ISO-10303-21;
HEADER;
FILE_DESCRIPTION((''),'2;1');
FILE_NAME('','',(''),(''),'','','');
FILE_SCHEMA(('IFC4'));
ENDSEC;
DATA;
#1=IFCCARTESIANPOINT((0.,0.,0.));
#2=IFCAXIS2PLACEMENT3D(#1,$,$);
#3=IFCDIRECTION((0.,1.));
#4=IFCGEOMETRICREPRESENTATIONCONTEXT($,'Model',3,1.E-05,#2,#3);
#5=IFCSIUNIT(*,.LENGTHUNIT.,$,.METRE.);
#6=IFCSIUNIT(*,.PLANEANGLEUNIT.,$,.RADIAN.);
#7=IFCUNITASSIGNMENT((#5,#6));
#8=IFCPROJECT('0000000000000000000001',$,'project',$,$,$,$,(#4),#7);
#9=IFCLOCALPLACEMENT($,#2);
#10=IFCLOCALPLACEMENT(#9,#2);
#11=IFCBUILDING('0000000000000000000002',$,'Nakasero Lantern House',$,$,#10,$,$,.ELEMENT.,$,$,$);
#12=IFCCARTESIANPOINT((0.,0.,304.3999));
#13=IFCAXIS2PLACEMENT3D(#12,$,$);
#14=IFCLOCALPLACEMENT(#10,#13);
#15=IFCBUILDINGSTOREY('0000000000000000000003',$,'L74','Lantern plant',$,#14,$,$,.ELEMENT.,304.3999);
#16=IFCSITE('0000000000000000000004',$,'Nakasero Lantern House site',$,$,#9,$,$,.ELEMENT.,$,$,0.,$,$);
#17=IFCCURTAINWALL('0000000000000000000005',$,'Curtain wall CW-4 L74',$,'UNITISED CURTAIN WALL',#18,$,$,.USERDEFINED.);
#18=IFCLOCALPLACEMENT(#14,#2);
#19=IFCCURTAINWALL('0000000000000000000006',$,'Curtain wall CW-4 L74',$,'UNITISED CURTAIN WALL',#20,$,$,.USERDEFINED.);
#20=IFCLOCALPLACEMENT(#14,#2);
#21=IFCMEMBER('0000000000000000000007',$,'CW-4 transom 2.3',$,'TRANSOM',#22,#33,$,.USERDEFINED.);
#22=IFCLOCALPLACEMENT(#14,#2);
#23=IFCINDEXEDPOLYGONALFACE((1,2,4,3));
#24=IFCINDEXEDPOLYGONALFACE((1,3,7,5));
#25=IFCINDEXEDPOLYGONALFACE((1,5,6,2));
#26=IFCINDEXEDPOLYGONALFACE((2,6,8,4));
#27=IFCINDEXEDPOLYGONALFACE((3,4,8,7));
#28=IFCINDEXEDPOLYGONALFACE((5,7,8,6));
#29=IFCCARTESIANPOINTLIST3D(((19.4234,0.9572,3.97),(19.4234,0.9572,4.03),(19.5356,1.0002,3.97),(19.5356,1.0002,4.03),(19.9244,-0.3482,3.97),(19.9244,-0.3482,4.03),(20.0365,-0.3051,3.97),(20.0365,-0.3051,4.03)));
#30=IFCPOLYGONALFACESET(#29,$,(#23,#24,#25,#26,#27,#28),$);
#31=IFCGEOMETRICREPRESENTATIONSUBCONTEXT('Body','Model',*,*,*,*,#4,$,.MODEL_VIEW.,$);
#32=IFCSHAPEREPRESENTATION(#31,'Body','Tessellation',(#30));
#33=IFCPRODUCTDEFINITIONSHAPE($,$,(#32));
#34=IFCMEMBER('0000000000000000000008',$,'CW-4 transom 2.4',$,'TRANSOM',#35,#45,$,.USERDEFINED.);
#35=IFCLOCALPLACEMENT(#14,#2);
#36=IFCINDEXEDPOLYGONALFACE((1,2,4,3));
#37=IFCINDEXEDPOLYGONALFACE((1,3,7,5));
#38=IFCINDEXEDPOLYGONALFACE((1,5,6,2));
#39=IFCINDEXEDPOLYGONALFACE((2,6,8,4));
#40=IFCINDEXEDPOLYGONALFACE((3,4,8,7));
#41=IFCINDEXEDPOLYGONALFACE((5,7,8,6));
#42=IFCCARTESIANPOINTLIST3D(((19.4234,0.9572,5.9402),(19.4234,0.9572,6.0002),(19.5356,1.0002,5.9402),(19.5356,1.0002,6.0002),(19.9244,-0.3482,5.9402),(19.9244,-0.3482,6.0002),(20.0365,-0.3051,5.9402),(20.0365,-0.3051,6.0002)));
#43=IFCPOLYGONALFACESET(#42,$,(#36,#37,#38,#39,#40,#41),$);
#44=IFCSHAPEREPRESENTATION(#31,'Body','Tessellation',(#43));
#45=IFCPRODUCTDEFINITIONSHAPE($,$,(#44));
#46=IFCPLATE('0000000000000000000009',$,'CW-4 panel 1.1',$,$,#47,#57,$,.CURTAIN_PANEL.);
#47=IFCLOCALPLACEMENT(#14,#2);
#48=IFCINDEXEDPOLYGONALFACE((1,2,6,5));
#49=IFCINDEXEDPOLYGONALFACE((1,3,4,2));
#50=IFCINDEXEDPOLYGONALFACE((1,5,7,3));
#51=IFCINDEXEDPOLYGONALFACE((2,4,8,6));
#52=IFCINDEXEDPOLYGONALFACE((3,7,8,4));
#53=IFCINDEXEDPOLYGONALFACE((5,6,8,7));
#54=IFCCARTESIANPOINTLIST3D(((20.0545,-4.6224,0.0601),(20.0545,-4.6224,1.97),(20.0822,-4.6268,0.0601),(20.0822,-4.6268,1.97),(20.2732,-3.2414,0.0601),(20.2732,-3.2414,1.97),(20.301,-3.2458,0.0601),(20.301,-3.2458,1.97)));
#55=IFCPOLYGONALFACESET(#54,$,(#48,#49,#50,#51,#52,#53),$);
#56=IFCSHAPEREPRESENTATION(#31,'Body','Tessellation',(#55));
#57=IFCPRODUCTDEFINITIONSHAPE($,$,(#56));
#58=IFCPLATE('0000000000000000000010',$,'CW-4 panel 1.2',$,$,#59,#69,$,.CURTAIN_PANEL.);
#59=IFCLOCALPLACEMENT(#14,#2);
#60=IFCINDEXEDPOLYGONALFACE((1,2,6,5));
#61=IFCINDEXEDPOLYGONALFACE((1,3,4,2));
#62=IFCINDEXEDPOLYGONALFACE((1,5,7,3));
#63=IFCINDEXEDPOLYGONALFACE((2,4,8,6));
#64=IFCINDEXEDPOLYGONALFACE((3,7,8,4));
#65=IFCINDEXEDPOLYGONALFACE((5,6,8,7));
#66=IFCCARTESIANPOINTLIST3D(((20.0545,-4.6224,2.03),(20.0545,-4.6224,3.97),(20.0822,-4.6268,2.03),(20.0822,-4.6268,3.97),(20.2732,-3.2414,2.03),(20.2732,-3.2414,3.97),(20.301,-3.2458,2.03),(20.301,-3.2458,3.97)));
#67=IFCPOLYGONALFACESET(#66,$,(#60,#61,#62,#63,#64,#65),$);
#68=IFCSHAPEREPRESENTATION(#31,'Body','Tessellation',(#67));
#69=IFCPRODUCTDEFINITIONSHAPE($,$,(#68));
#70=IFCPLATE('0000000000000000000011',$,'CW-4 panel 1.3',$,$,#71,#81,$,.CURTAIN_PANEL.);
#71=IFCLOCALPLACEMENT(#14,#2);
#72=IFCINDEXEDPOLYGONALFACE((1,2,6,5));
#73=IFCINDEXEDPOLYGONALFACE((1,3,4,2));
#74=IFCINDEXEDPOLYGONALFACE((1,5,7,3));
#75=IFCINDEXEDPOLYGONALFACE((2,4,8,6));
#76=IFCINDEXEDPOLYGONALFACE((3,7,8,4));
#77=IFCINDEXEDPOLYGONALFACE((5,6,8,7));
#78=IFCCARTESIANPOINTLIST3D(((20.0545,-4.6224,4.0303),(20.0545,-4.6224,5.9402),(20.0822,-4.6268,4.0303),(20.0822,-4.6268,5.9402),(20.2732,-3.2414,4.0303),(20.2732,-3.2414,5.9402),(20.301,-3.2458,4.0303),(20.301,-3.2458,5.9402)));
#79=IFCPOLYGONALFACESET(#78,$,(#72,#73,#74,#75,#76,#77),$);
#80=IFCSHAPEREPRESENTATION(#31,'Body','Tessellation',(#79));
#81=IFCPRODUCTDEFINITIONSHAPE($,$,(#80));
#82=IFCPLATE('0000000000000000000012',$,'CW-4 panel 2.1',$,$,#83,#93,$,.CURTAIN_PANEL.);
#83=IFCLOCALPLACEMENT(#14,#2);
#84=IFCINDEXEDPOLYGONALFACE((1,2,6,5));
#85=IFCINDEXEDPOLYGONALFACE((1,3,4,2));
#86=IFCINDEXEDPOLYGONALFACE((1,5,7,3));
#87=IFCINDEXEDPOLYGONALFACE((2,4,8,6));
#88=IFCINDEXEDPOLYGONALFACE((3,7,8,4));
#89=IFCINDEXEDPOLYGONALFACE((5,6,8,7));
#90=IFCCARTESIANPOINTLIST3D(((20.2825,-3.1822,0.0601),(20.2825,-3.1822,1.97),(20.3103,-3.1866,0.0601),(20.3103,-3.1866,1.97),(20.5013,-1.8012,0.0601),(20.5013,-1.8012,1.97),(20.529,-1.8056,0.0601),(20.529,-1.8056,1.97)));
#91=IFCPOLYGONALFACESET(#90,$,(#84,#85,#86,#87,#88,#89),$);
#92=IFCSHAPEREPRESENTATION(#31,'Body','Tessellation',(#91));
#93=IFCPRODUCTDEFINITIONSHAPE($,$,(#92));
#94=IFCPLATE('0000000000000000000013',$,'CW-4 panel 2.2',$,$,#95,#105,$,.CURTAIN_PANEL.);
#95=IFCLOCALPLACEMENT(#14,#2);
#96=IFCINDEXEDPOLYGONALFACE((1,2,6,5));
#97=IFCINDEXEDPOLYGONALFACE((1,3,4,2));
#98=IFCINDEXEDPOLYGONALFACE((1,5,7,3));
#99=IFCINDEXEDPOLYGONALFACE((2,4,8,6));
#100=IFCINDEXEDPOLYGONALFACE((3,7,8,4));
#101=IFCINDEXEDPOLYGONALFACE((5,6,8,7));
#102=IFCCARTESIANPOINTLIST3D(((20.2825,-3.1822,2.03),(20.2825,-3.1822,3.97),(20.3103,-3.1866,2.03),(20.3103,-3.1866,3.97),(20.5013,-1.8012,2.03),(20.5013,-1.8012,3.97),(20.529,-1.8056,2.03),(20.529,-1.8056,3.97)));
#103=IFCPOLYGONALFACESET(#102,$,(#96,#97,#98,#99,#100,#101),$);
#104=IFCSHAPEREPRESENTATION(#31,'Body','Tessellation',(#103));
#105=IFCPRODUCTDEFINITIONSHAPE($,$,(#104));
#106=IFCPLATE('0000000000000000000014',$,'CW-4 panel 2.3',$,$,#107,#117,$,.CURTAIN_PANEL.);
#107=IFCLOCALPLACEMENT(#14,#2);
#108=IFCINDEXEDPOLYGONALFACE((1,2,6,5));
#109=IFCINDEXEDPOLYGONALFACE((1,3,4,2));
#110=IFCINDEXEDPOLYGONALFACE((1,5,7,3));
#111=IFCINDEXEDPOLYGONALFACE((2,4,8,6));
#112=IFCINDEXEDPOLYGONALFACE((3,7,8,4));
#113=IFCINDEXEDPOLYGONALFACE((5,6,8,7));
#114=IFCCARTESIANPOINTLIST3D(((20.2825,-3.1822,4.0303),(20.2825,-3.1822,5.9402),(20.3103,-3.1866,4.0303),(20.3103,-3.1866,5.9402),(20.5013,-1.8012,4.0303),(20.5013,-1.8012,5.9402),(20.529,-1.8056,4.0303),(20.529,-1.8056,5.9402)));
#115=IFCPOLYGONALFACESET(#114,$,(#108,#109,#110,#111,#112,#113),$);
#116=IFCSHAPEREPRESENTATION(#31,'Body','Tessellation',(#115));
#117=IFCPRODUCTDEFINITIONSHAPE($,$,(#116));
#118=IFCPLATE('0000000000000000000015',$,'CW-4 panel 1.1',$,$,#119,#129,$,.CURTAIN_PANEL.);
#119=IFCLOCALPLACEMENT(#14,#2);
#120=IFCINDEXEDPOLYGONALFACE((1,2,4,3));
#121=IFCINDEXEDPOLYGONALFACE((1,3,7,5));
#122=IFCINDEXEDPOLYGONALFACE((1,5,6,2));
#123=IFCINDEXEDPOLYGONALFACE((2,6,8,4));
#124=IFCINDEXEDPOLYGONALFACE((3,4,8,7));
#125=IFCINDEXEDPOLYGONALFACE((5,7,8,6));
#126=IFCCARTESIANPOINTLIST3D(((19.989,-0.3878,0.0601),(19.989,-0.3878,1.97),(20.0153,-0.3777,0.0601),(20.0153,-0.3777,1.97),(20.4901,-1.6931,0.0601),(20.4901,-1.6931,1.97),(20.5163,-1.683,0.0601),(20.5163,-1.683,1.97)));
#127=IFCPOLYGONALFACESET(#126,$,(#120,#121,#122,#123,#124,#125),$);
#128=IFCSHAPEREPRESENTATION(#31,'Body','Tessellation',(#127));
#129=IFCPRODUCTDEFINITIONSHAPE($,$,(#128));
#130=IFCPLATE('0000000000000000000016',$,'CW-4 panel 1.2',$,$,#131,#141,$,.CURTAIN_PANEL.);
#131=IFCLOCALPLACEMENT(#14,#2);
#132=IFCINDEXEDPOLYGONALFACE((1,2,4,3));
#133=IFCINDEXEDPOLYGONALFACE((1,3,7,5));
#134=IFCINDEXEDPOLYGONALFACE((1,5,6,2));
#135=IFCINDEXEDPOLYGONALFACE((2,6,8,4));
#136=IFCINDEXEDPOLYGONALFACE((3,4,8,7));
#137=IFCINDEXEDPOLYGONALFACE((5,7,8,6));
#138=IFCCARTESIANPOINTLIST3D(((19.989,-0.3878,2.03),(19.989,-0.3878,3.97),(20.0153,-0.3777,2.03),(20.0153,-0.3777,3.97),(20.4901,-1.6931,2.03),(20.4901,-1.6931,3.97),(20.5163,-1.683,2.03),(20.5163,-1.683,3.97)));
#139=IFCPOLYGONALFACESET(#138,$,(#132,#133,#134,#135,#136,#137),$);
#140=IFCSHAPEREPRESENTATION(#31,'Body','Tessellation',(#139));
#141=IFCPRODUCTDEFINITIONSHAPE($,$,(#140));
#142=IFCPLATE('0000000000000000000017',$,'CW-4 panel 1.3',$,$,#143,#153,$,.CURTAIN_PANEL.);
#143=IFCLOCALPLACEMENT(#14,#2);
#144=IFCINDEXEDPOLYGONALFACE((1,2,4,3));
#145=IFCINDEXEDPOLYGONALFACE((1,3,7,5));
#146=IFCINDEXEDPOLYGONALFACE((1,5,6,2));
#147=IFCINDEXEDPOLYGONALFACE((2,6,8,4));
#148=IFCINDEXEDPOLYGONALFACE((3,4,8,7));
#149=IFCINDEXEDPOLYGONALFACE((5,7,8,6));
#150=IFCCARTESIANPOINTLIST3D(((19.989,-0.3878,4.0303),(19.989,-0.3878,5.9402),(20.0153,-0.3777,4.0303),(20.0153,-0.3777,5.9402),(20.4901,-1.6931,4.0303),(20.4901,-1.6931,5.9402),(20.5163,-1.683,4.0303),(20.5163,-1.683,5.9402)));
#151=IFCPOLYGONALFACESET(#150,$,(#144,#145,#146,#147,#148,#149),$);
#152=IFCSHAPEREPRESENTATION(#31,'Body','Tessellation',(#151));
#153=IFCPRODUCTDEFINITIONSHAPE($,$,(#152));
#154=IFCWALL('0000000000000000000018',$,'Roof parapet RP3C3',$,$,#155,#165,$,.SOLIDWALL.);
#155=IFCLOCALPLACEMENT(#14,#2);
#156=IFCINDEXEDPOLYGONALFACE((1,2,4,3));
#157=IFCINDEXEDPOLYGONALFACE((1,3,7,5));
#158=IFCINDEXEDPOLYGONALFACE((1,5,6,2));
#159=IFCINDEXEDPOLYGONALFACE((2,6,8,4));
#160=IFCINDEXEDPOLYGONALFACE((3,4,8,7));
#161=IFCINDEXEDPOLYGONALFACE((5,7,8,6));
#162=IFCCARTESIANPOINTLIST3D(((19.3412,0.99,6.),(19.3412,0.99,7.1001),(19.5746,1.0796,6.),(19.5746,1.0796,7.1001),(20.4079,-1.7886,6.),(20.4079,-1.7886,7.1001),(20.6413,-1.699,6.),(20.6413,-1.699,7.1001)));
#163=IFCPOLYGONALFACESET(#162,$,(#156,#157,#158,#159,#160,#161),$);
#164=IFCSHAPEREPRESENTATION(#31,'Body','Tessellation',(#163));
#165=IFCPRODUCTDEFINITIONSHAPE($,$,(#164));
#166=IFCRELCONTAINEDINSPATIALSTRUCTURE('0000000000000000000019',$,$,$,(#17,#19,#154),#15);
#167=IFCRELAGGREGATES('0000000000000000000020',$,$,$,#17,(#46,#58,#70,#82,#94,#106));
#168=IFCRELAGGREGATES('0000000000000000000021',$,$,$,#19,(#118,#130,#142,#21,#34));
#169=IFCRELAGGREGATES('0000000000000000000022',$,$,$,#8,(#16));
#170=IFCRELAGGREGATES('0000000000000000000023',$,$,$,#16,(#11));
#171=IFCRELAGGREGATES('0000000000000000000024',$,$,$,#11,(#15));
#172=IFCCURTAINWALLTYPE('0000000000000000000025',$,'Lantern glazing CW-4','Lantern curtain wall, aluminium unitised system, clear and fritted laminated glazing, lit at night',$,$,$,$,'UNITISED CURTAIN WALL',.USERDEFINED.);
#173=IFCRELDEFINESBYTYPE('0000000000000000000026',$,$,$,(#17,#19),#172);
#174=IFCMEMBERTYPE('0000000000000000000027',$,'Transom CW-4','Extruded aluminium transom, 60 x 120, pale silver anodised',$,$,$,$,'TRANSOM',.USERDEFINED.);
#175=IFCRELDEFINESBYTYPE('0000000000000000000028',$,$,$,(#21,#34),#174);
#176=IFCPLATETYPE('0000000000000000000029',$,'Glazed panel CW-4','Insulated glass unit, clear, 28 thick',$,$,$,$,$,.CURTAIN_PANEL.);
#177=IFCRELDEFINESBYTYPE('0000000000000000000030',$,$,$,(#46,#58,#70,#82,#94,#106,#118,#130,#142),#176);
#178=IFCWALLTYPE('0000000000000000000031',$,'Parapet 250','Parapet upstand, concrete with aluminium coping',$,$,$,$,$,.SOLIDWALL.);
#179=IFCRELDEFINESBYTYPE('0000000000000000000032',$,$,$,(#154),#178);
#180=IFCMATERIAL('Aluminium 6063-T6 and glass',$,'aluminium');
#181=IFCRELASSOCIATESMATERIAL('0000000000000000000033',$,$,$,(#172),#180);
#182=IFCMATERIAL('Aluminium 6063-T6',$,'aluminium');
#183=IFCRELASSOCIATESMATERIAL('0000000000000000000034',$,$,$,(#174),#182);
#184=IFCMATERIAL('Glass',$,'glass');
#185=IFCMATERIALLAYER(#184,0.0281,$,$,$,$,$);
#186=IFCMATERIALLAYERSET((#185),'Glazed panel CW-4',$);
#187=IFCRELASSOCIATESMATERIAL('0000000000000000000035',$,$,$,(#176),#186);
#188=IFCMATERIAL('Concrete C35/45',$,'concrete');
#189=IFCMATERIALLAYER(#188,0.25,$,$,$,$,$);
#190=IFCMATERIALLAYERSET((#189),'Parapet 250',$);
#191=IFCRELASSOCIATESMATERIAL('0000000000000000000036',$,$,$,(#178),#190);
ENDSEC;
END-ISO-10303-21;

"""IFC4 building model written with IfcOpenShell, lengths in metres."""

from ifc_helpers import new_model, si_unit, direction, frame, frame_2d, origin, origin_2d, place, context, subcontext, project, spatial, rectangle, extrude, material, layer, layer_set, material_profile, profile_set, type_object, element, aggregate, save


model = new_model("IFC4")

# Units and contexts
model_context = context("Model", 3, precision=1e-05, world=origin(), true_north=direction((0.0, 1.0)))
body_context = subcontext(model_context, "Body", "Model", "MODEL_VIEW")
ifc_project = project(units=[si_unit("LENGTHUNIT", "METRE"), si_unit("PLANEANGLEUNIT", "RADIAN")], contexts=[model_context])

# Site, building, storey
site_placement = place(None, origin())
site = spatial("IfcSite", under=ifc_project, at=site_placement, Name="Nakasero Lantern House site", CompositionType="ELEMENT", RefElevation=0.0)
building_placement = place(site_placement, origin())
building = spatial("IfcBuilding", under=site, at=building_placement, Name="Nakasero Lantern House", CompositionType="ELEMENT")
storey_placement = place(building_placement, frame((0.0, 0.0, 304.3999)))
storey = spatial("IfcBuildingStorey", under=building, at=storey_placement, Name="L74", Description="Lantern plant", CompositionType="ELEMENT", Elevation=304.3999)

# Curtain walls
ifc_material_1 = material(Name="Aluminium 6063-T6 and glass", Category="aluminium")
curtain_wall_type = type_object("IfcCurtainWallType", Name="Lantern glazing CW-4", Description="Lantern curtain wall, aluminium unitised system, clear and fritted laminated glazing, lit at night", ElementType="UNITISED CURTAIN WALL", PredefinedType="USERDEFINED", material=ifc_material_1)
curtain_wall_1_placement = place(storey_placement, origin())
curtain_wall_1 = element("IfcCurtainWall", 1, at=curtain_wall_1_placement, inside=storey, type_object=curtain_wall_type, Name="Curtain wall CW-4 L74", ObjectType="UNITISED CURTAIN WALL", PredefinedType="USERDEFINED")
curtain_wall_2_placement = place(storey_placement, origin())
curtain_wall_2 = element("IfcCurtainWall", 2, at=curtain_wall_2_placement, inside=storey, type_object=curtain_wall_type, Name="Curtain wall CW-4 L74", ObjectType="UNITISED CURTAIN WALL", PredefinedType="USERDEFINED")

# Members
ifc_material_2 = material(Name="Aluminium 6063-T6", Category="aluminium")
ifc_material_profile_1 = material_profile(ifc_material_2, rectangle(XDim=0.0601, YDim=0.1201, at=origin_2d()), Name="CW-4 transom 60x120")
ifc_profile_set_1 = profile_set([ifc_material_profile_1], Name="Aluminium 6063-T6")
member_type_1 = type_object("IfcMemberType", Name="Transom CW-4", Description="Extruded aluminium transom, 60 x 120, pale silver anodised", ElementType="TRANSOM", PredefinedType="USERDEFINED", material=ifc_profile_set_1)
member_1_placement = place(storey_placement, frame((19.9805, -0.3267, 4.0), z_axis=(-0.358289, 0.933611, 0.0), x_axis=(0.0, 0.0, 1.0)))
member_1 = element("IfcMember", 3, at=member_1_placement, type_object=member_type_1, Name="CW-4 transom 2.3", ObjectType="TRANSOM", PredefinedType="USERDEFINED", context=body_context, shape_type="SweptSolid", body=[
    extrude(rectangle(XDim=0.0601, YDim=0.1201, at=origin_2d()), origin(), (0.0, 0.0, 1.0), 1.3982),
])
member_2_placement = place(storey_placement, frame((19.9805, -0.3267, 5.9702), z_axis=(-0.358289, 0.933611, 0.0), x_axis=(0.0, 0.0, 1.0)))
member_2 = element("IfcMember", 4, at=member_2_placement, type_object=member_type_1, Name="CW-4 transom 2.4", ObjectType="TRANSOM", PredefinedType="USERDEFINED", context=body_context, shape_type="SweptSolid", body=[
    extrude(rectangle(XDim=0.0601, YDim=0.1201, at=origin_2d()), origin(), (0.0, 0.0, 1.0), 1.3982),
])

# Plates
ifc_material_3 = material(Name="Glass", Category="glass")
ifc_layer_1 = layer(ifc_material_3, 0.0281)
ifc_layer_set_1 = layer_set([ifc_layer_1], Name="Glazed panel CW-4")
plate_type = type_object("IfcPlateType", Name="Glazed panel CW-4", Description="Insulated glass unit, clear, 28 thick", PredefinedType="CURTAIN_PANEL", material=ifc_layer_set_1)
plate_1_placement = place(storey_placement, frame((20.1777, -3.9341, 0.0601), z_axis=(0.0, 0.0, 1.0), x_axis=(0.156434, 0.987688, 0.0)))
plate_1 = element("IfcPlate", 5, at=plate_1_placement, type_object=plate_type, Name="CW-4 panel 1.1", PredefinedType="CURTAIN_PANEL", context=body_context, shape_type="SweptSolid", body=[
    extrude(rectangle(XDim=1.3982, YDim=0.0281, at=origin_2d()), origin(), (0.0, 0.0, 1.0), 1.9099),
])
plate_2_placement = place(storey_placement, frame((20.1777, -3.9341, 2.03), z_axis=(0.0, 0.0, 1.0), x_axis=(0.156434, 0.987688, 0.0)))
plate_2 = element("IfcPlate", 6, at=plate_2_placement, type_object=plate_type, Name="CW-4 panel 1.2", PredefinedType="CURTAIN_PANEL", context=body_context, shape_type="SweptSolid", body=[
    extrude(rectangle(XDim=1.3982, YDim=0.0281, at=origin_2d()), origin(), (0.0, 0.0, 1.0), 1.9399),
])
plate_3_placement = place(storey_placement, frame((20.1777, -3.9341, 4.0303), z_axis=(0.0, 0.0, 1.0), x_axis=(0.156434, 0.987688, 0.0)))
plate_3 = element("IfcPlate", 7, at=plate_3_placement, type_object=plate_type, Name="CW-4 panel 1.3", PredefinedType="CURTAIN_PANEL", context=body_context, shape_type="SweptSolid", body=[
    extrude(rectangle(XDim=1.3982, YDim=0.0281, at=origin_2d()), origin(), (0.0, 0.0, 1.0), 1.9099),
])
plate_4_placement = place(storey_placement, frame((20.4058, -2.4939, 0.0601), z_axis=(0.0, 0.0, 1.0), x_axis=(0.156434, 0.987688, 0.0)))
plate_4 = element("IfcPlate", 8, at=plate_4_placement, type_object=plate_type, Name="CW-4 panel 2.1", PredefinedType="CURTAIN_PANEL", context=body_context, shape_type="SweptSolid", body=[
    extrude(rectangle(XDim=1.3982, YDim=0.0281, at=origin_2d()), origin(), (0.0, 0.0, 1.0), 1.9099),
])
plate_5_placement = place(storey_placement, frame((20.4058, -2.4939, 2.03), z_axis=(0.0, 0.0, 1.0), x_axis=(0.156434, 0.987688, 0.0)))
plate_5 = element("IfcPlate", 9, at=plate_5_placement, type_object=plate_type, Name="CW-4 panel 2.2", PredefinedType="CURTAIN_PANEL", context=body_context, shape_type="SweptSolid", body=[
    extrude(rectangle(XDim=1.3982, YDim=0.0281, at=origin_2d()), origin(), (0.0, 0.0, 1.0), 1.9399),
])
plate_6_placement = place(storey_placement, frame((20.4058, -2.4939, 4.0303), z_axis=(0.0, 0.0, 1.0), x_axis=(0.156434, 0.987688, 0.0)))
plate_6 = element("IfcPlate", 10, at=plate_6_placement, type_object=plate_type, Name="CW-4 panel 2.3", PredefinedType="CURTAIN_PANEL", context=body_context, shape_type="SweptSolid", body=[
    extrude(rectangle(XDim=1.3982, YDim=0.0281, at=origin_2d()), origin(), (0.0, 0.0, 1.0), 1.9099),
])
aggregate(curtain_wall_1, [plate_1, plate_2, plate_3, plate_4, plate_5, plate_6])
plate_7_placement = place(storey_placement, frame((20.2527, -1.0354, 0.0601), z_axis=(0.0, 0.0, 1.0), x_axis=(-0.358368, 0.93358, 0.0)))
plate_7 = element("IfcPlate", 11, at=plate_7_placement, type_object=plate_type, Name="CW-4 panel 1.1", PredefinedType="CURTAIN_PANEL", context=body_context, shape_type="SweptSolid", body=[
    extrude(rectangle(XDim=1.3982, YDim=0.0281, at=origin_2d()), origin(), (0.0, 0.0, 1.0), 1.9099),
])
plate_8_placement = place(storey_placement, frame((20.2527, -1.0354, 2.03), z_axis=(0.0, 0.0, 1.0), x_axis=(-0.358368, 0.93358, 0.0)))
plate_8 = element("IfcPlate", 12, at=plate_8_placement, type_object=plate_type, Name="CW-4 panel 1.2", PredefinedType="CURTAIN_PANEL", context=body_context, shape_type="SweptSolid", body=[
    extrude(rectangle(XDim=1.3982, YDim=0.0281, at=origin_2d()), origin(), (0.0, 0.0, 1.0), 1.9399),
])
plate_9_placement = place(storey_placement, frame((20.2527, -1.0354, 4.0303), z_axis=(0.0, 0.0, 1.0), x_axis=(-0.358368, 0.93358, 0.0)))
plate_9 = element("IfcPlate", 13, at=plate_9_placement, type_object=plate_type, Name="CW-4 panel 1.3", PredefinedType="CURTAIN_PANEL", context=body_context, shape_type="SweptSolid", body=[
    extrude(rectangle(XDim=1.3982, YDim=0.0281, at=origin_2d()), origin(), (0.0, 0.0, 1.0), 1.9099),
])
aggregate(curtain_wall_2, [plate_7, plate_8, plate_9, member_1, member_2])

# Wall
ifc_material_4 = material(Name="Concrete C35/45", Category="concrete")
ifc_layer_2 = layer(ifc_material_4, 0.25)
ifc_layer_set_2 = layer_set([ifc_layer_2], Name="Parapet 250")
wall_type = type_object("IfcWallType", Name="Parapet 250", Description="Parapet upstand, concrete with aluminium coping", PredefinedType="SOLIDWALL", material=ifc_layer_set_2)
wall_placement = place(storey_placement, frame((20.5247, -1.7439, 6.0), z_axis=(0.0, 0.0, 1.0), x_axis=(-0.358385, 0.933574, 0.0)))
element("IfcWall", 14, at=wall_placement, inside=storey, type_object=wall_type, Name="Roof parapet RP3C3", PredefinedType="SOLIDWALL", context=body_context, shape_type="SweptSolid", body=[
    extrude(rectangle(XDim=2.9763, YDim=0.25, at=frame_2d((1.4883, 0.0))), origin(), (0.0, 0.0, 1.0), 1.1001),
])

save(model, "model.ifc")
